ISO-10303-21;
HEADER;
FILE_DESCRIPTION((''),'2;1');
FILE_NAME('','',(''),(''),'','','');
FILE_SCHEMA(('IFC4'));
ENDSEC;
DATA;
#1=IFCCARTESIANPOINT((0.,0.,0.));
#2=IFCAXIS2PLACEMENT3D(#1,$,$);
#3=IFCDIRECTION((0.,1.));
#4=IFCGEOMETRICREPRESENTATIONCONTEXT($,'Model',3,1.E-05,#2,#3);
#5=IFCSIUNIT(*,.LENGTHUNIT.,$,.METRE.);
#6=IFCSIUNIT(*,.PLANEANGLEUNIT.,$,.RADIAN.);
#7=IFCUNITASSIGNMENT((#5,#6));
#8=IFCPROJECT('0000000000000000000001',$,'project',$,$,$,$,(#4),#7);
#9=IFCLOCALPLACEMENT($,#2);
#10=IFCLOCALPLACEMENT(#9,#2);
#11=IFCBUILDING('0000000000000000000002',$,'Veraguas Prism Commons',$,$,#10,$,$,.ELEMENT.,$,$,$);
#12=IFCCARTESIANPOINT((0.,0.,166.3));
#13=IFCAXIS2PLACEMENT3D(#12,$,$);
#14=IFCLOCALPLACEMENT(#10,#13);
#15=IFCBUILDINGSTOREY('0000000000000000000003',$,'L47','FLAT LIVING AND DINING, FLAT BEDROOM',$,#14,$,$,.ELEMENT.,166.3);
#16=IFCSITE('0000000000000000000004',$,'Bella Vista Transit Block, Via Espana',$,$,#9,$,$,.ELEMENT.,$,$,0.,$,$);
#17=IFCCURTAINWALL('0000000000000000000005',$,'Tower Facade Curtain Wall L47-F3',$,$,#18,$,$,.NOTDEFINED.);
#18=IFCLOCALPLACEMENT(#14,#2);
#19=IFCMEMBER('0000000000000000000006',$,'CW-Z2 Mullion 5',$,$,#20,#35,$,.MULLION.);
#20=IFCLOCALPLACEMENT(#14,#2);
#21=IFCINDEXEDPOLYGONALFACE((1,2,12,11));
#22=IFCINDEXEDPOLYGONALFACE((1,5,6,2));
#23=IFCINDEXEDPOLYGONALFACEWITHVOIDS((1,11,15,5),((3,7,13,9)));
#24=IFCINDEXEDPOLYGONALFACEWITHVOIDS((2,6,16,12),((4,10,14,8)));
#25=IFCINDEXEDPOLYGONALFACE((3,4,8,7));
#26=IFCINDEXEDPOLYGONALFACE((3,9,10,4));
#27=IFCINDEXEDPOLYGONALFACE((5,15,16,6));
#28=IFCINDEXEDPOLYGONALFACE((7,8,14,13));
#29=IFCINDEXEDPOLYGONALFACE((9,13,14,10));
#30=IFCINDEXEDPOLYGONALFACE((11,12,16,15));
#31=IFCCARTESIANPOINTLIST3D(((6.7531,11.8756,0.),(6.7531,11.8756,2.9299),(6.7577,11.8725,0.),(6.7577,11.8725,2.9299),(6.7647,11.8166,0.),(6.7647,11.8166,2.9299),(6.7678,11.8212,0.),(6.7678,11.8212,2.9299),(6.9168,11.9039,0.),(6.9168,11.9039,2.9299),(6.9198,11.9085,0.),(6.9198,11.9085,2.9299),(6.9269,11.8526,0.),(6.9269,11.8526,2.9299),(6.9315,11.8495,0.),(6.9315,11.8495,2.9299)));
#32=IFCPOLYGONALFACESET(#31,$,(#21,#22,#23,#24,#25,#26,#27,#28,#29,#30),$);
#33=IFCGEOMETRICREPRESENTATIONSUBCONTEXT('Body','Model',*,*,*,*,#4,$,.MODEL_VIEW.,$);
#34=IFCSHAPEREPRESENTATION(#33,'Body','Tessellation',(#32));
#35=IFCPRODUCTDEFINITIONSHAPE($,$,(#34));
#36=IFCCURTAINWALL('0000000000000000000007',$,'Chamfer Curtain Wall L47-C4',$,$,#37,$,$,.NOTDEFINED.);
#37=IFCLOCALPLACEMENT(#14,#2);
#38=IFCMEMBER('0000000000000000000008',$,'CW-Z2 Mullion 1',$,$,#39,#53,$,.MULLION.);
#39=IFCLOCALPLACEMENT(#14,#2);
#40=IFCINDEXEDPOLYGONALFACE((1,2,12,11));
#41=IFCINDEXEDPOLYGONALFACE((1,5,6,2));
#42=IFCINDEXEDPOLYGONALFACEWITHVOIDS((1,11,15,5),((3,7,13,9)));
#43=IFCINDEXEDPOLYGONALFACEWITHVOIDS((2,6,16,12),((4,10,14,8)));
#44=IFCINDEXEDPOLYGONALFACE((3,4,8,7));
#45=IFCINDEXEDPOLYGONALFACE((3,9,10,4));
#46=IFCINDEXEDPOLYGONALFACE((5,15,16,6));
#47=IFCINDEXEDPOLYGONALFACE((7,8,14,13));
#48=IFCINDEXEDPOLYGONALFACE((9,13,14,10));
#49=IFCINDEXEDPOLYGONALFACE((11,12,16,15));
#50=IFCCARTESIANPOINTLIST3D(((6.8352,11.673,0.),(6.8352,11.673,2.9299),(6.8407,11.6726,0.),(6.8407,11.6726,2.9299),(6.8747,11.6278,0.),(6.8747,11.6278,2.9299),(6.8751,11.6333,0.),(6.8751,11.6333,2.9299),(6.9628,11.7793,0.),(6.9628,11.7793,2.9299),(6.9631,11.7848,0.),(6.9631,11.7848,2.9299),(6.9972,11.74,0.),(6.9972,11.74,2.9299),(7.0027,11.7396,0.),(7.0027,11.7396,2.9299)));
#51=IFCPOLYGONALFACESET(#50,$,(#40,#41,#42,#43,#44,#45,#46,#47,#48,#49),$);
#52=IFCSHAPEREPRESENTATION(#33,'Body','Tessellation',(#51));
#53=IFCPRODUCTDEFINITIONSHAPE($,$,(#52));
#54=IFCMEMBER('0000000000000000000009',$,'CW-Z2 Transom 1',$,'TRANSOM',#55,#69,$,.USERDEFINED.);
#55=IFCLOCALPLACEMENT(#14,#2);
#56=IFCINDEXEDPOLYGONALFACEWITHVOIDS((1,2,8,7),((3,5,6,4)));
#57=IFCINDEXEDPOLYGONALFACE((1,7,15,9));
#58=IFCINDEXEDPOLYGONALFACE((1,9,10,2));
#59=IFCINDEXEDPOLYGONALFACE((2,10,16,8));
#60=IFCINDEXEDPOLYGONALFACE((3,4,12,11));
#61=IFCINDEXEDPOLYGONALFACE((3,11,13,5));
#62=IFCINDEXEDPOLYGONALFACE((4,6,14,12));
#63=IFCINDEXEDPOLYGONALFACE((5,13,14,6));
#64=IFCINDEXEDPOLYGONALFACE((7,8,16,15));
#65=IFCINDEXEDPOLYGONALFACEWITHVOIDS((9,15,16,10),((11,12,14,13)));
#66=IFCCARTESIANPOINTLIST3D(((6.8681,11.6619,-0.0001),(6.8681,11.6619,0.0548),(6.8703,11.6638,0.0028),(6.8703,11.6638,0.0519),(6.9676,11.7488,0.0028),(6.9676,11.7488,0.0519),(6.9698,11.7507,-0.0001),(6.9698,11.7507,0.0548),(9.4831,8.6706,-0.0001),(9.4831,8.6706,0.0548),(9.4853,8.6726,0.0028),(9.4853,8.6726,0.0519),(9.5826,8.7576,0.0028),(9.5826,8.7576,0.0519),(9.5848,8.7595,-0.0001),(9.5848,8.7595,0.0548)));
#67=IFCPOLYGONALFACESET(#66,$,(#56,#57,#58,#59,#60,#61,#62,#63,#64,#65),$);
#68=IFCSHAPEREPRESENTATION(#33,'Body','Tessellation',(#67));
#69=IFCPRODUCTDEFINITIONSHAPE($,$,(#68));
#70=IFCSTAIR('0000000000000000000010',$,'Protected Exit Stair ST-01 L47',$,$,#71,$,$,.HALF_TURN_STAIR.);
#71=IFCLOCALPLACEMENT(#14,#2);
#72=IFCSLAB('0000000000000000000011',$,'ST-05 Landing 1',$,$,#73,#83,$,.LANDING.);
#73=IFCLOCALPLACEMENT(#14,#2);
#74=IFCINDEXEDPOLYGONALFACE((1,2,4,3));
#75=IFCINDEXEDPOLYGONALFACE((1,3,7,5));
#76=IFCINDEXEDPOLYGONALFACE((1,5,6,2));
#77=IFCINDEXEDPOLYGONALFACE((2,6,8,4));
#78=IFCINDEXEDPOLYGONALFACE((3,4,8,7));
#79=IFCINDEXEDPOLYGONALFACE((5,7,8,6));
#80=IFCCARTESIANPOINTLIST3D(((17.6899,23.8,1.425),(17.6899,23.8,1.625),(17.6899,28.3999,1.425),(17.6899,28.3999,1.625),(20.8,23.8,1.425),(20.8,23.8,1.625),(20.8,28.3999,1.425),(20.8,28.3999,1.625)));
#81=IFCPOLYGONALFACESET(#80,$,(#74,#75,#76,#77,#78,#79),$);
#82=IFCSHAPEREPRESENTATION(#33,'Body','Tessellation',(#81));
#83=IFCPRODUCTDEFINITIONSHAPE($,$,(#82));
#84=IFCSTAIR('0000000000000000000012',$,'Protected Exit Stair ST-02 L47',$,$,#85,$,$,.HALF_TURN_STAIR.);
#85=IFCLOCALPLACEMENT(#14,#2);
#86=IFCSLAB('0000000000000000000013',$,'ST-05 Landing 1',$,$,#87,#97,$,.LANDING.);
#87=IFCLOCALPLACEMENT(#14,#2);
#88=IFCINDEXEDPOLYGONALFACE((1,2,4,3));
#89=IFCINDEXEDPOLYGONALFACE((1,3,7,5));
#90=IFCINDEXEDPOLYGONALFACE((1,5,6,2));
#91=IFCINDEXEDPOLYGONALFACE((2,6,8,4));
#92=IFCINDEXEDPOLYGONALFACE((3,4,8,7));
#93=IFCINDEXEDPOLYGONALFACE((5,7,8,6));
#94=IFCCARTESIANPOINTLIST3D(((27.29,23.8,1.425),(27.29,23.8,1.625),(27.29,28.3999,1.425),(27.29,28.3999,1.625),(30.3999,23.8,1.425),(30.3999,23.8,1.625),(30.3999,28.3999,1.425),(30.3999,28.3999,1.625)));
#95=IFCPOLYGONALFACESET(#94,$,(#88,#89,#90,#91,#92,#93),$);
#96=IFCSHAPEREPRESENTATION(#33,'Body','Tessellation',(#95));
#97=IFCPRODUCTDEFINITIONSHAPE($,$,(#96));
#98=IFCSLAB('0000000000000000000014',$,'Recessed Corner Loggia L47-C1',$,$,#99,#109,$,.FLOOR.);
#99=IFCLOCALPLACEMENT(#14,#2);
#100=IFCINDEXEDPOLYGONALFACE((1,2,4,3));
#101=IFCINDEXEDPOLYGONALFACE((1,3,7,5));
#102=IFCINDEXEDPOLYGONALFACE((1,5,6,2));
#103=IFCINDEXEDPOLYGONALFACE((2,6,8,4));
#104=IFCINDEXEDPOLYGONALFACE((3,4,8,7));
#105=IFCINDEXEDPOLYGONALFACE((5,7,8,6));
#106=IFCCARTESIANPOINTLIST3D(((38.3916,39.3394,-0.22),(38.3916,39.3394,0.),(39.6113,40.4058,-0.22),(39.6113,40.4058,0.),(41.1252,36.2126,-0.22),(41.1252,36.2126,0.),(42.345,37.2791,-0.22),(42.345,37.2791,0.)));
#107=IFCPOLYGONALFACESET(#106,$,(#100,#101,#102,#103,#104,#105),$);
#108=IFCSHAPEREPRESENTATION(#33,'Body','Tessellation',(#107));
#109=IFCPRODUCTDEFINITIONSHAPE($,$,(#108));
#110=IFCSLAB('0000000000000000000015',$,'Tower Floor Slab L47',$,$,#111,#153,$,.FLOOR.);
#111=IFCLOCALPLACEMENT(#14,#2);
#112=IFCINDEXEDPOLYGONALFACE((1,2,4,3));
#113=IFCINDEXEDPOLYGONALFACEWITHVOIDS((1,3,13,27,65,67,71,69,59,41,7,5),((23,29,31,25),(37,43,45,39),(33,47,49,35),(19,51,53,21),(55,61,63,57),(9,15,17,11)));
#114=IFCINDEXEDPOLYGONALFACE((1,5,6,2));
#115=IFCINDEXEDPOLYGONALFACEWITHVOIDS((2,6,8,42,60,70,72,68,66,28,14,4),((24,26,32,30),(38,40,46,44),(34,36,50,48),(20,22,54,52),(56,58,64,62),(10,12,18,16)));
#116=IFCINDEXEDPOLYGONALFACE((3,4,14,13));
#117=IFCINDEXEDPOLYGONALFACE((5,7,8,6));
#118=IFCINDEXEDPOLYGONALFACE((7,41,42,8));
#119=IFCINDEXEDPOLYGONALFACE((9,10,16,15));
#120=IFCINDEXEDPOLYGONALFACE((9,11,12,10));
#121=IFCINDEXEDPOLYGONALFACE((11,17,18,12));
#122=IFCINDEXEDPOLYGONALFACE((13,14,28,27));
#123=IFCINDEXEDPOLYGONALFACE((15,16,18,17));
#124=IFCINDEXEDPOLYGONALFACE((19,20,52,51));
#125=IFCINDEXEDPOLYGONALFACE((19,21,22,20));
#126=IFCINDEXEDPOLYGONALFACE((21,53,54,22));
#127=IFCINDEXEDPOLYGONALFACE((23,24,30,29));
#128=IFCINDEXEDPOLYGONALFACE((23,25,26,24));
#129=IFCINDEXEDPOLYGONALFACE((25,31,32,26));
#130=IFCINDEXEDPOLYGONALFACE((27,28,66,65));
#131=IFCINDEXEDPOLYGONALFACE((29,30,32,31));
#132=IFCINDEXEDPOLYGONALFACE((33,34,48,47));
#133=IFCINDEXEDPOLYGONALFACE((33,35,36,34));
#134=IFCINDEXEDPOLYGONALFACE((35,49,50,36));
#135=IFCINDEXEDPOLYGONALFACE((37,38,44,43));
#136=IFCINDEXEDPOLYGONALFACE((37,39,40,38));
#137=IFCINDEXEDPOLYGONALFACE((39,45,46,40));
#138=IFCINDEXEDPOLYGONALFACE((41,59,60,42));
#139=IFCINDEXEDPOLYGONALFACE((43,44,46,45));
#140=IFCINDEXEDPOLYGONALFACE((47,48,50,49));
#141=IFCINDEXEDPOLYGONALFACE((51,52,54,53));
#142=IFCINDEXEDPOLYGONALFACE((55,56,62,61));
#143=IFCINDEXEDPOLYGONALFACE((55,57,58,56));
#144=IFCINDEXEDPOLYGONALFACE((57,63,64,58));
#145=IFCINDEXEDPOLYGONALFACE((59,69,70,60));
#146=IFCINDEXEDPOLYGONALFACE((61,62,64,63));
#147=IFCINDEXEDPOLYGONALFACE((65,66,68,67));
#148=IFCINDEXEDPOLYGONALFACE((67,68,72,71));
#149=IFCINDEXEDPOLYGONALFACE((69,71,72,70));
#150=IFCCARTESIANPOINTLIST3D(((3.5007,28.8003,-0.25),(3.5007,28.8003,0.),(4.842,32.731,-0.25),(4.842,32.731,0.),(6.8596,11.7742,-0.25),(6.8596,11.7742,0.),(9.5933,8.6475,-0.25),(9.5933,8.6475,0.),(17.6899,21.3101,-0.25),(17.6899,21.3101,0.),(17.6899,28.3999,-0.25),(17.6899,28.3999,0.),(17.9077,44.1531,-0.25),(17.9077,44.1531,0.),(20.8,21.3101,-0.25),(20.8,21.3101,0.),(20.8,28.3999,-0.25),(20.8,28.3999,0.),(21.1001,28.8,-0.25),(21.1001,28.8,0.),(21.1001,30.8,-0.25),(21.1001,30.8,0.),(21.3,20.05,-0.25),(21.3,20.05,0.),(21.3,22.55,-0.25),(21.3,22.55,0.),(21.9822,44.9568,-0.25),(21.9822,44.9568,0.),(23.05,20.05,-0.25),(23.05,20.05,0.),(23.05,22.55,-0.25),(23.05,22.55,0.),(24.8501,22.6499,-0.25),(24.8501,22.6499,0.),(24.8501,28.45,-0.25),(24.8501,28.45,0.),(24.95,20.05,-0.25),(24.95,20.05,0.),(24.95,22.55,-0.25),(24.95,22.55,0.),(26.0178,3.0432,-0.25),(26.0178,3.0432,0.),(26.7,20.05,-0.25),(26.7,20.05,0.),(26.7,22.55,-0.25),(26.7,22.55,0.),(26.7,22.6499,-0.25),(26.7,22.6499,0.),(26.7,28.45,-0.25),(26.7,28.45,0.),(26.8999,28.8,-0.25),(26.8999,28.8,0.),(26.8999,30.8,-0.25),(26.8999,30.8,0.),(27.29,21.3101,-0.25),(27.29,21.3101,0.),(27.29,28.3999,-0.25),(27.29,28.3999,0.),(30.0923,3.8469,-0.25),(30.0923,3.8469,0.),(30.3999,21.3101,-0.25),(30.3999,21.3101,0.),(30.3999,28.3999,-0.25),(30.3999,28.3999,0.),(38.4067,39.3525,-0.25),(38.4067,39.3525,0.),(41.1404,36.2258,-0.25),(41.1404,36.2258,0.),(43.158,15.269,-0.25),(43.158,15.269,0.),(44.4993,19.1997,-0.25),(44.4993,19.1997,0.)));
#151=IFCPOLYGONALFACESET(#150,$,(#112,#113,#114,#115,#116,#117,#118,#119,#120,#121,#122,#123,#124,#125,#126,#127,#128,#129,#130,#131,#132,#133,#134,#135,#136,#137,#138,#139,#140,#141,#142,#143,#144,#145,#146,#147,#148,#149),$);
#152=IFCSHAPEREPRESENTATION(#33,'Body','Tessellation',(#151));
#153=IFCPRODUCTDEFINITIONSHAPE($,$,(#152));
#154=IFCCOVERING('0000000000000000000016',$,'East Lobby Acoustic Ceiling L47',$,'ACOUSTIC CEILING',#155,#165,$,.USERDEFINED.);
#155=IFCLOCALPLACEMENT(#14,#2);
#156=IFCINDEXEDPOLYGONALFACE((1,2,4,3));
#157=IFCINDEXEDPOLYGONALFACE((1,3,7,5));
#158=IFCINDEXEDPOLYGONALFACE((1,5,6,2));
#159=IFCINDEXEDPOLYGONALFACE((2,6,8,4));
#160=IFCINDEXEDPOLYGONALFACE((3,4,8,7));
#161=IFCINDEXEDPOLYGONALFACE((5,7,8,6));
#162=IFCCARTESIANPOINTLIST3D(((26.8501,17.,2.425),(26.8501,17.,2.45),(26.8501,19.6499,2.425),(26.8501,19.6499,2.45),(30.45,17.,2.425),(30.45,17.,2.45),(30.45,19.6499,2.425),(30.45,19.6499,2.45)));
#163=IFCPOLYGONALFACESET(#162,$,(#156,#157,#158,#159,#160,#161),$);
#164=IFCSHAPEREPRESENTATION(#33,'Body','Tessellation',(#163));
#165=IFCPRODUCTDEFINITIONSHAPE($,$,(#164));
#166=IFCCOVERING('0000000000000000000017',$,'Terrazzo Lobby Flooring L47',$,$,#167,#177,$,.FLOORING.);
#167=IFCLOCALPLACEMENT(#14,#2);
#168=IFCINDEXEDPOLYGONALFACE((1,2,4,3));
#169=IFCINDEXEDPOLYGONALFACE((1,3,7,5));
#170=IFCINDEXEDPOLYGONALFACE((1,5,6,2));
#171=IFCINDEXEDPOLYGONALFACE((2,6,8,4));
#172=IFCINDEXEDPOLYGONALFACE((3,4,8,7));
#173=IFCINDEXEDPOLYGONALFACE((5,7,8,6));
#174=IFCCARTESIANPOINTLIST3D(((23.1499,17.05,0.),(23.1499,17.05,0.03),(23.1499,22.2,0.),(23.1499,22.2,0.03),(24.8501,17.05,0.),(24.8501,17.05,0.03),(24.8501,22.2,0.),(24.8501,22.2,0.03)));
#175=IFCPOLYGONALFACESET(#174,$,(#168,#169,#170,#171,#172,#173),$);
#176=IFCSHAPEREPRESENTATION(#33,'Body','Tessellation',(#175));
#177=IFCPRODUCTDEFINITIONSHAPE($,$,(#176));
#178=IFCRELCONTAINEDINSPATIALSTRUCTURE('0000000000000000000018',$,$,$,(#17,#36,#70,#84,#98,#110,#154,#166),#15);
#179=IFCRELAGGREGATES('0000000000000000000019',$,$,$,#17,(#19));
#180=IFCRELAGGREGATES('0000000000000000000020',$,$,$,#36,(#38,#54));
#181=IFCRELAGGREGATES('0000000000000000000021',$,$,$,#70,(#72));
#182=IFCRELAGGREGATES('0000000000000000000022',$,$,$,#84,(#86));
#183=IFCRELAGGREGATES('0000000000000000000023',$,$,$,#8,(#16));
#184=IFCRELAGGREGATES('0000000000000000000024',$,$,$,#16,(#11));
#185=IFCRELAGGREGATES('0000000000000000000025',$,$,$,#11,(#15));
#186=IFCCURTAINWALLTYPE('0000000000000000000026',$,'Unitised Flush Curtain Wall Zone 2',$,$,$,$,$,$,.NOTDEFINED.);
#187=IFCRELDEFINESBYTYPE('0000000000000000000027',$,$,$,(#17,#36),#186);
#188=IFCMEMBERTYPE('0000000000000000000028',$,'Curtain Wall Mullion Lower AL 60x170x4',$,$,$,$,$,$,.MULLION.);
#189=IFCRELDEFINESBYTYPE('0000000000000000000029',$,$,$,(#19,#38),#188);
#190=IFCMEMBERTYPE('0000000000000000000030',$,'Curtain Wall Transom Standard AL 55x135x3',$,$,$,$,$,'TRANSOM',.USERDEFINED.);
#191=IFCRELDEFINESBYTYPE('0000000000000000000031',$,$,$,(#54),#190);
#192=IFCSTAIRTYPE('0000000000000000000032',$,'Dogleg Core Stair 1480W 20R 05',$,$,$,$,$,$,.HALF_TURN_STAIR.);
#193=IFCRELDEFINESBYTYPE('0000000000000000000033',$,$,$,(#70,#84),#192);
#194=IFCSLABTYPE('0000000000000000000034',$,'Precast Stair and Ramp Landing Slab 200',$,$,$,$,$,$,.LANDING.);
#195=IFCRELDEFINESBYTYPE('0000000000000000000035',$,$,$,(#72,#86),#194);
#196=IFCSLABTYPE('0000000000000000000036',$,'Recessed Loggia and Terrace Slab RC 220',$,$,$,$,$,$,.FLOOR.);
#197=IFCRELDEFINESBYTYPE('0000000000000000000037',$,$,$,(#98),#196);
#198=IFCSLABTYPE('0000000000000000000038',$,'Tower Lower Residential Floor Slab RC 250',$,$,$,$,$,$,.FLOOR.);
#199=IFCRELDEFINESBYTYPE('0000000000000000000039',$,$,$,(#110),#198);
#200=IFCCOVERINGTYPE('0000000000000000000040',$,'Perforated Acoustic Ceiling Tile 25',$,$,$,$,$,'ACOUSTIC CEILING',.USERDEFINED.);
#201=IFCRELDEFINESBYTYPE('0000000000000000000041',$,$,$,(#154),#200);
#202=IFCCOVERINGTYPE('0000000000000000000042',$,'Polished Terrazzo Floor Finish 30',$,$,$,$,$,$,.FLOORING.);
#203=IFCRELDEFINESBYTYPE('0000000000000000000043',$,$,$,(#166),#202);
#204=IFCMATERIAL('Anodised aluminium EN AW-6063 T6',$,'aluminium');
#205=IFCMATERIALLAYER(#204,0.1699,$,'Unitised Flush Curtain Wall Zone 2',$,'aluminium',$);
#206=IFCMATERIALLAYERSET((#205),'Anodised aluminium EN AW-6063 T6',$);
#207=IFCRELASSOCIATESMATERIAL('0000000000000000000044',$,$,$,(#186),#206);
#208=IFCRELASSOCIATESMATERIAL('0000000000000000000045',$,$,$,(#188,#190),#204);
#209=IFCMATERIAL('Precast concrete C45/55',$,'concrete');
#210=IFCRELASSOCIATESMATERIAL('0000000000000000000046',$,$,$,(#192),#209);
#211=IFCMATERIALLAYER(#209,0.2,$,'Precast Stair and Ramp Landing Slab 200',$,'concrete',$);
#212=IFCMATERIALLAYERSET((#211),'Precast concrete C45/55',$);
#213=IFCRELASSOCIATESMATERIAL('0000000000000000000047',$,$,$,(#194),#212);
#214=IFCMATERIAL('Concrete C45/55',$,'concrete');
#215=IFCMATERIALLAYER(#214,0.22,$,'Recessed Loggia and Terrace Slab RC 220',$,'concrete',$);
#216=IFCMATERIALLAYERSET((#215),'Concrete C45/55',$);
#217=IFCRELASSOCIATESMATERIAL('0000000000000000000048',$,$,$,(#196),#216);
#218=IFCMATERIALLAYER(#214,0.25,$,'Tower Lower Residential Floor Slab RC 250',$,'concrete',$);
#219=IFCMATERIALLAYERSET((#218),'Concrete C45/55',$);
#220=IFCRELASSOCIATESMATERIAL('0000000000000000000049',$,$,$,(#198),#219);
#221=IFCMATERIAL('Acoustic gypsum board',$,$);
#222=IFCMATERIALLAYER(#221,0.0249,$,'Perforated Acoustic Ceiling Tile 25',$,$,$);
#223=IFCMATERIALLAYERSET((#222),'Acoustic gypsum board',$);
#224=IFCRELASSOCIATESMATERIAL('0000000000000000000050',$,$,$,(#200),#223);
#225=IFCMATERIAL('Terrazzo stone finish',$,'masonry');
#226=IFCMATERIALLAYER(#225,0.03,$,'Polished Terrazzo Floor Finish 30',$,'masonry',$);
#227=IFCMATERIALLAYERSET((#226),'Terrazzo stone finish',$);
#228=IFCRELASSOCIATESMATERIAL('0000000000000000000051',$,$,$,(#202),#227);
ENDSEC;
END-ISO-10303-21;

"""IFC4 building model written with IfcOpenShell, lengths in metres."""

from ifc_helpers import new_model, si_unit, direction, frame, origin, origin_2d, place, context, subcontext, project, spatial, polyline, hollow_rectangle, outline, extrude, source, transform, mapped, material, layer, layer_set, material_profile, profile_set, type_object, element, aggregate, save


model = new_model("IFC4")

# Units and contexts
model_context = context("Model", 3, precision=1e-05, world=origin(), true_north=direction((0.0, 1.0)))
body_context = subcontext(model_context, "Body", "Model", "MODEL_VIEW")
ifc_project = project(units=[si_unit("LENGTHUNIT", "METRE"), si_unit("PLANEANGLEUNIT", "RADIAN")], contexts=[model_context])

# Site, building, storey
site_placement = place(None, origin())
site = spatial("IfcSite", under=ifc_project, at=site_placement, Name="Bella Vista Transit Block, Via Espana", CompositionType="ELEMENT", RefElevation=0.0)
building_placement = place(site_placement, origin())
building = spatial("IfcBuilding", under=site, at=building_placement, Name="Veraguas Prism Commons", CompositionType="ELEMENT")
storey_placement = place(building_placement, frame((0.0, 0.0, 166.3)))
storey = spatial("IfcBuildingStorey", under=building, at=storey_placement, Name="L47", Description="FLAT LIVING AND DINING, FLAT BEDROOM", CompositionType="ELEMENT", Elevation=166.3)

# Curtain wall, member
ifc_material_1 = material(Name="Anodised aluminium EN AW-6063 T6", Category="aluminium")
ifc_layer_1 = layer(ifc_material_1, 0.1699, Name="Unitised Flush Curtain Wall Zone 2", Category="aluminium")
ifc_layer_set_1 = layer_set([ifc_layer_1], Name="Anodised aluminium EN AW-6063 T6")
curtain_wall_type = type_object("IfcCurtainWallType", Name="Unitised Flush Curtain Wall Zone 2", PredefinedType="NOTDEFINED", material=ifc_layer_set_1)
curtain_wall_1_placement = place(storey_placement, origin())
curtain_wall_1 = element("IfcCurtainWall", 1, at=curtain_wall_1_placement, inside=storey, type_object=curtain_wall_type, Name="Tower Facade Curtain Wall L47-F3", PredefinedType="NOTDEFINED")
ifc_material_profile_1 = material_profile(ifc_material_1, hollow_rectangle(XDim=0.0601, YDim=0.1699, WallThickness=0.0039, at=origin_2d()), Name="AL60X170X4")
ifc_profile_set_1 = profile_set([ifc_material_profile_1], Name="Anodised aluminium EN AW-6063 T6")
member_type_1 = type_object("IfcMemberType", Name="Curtain Wall Mullion Lower AL 60x170x4", PredefinedType="MULLION", material=ifc_profile_set_1)
shared_shape_1 = source(origin(), body_context, "Body", "SweptSolid", [
    extrude(hollow_rectangle(XDim=0.0601, YDim=0.1699, WallThickness=0.0039, at=origin_2d()), origin(), (0.0, 0.0, 1.0), 2.9299),
])
member_1_placement = place(storey_placement, frame((6.8423, 11.8625, 0.0), z_axis=(0.0, 0.0, 1.0), x_axis=(0.193549, -0.981091, 0.0)))
member_1 = element("IfcMember", 2, at=member_1_placement, type_object=member_type_1, Name="CW-Z2 Mullion 5", PredefinedType="MULLION", context=body_context, shape_type="MappedRepresentation", body=[
    mapped(shared_shape_1, transform((0.0, 0.0, 0.0), scale=1.0)),
])
aggregate(curtain_wall_1, [member_1])

# Curtain wall, members
curtain_wall_2_placement = place(storey_placement, origin())
curtain_wall_2 = element("IfcCurtainWall", 3, at=curtain_wall_2_placement, inside=storey, type_object=curtain_wall_type, Name="Chamfer Curtain Wall L47-C4", PredefinedType="NOTDEFINED")
member_2_placement = place(storey_placement, frame((6.9189, 11.7063, 0.0), z_axis=(0.0, 0.0, 1.0), x_axis=(0.658186, -0.752855, 0.0)))
member_2 = element("IfcMember", 4, at=member_2_placement, type_object=member_type_1, Name="CW-Z2 Mullion 1", PredefinedType="MULLION", context=body_context, shape_type="MappedRepresentation", body=[
    mapped(shared_shape_1, transform((0.0, 0.0, 0.0), scale=1.0)),
])
ifc_material_profile_2 = material_profile(ifc_material_1, hollow_rectangle(XDim=0.0549, YDim=0.135, WallThickness=0.0029, at=origin_2d()), Name="AL55X135X3")
ifc_profile_set_2 = profile_set([ifc_material_profile_2], Name="Anodised aluminium EN AW-6063 T6")
member_type_2 = type_object("IfcMemberType", Name="Curtain Wall Transom Standard AL 55x135x3", ElementType="TRANSOM", PredefinedType="USERDEFINED", material=ifc_profile_set_2)
shared_shape_2 = source(origin(), body_context, "Body", "SweptSolid", [
    extrude(hollow_rectangle(XDim=0.0549, YDim=0.135, WallThickness=0.0029, at=origin_2d()), origin(), (0.0, 0.0, 1.0), 3.9731),
])
member_3_placement = place(storey_placement, frame((6.9189, 11.7063, 0.0273), z_axis=(0.658174, -0.752866, 0.0), x_axis=(0.0, 0.0, 1.0)))
member_3 = element("IfcMember", 5, at=member_3_placement, type_object=member_type_2, Name="CW-Z2 Transom 1", ObjectType="TRANSOM", PredefinedType="USERDEFINED", context=body_context, shape_type="MappedRepresentation", body=[
    mapped(shared_shape_2, transform((0.0, 0.0, 0.0), scale=1.0)),
])
aggregate(curtain_wall_2, [member_2, member_3])

# Stairs, slabs
ifc_material_2 = material(Name="Precast concrete C45/55", Category="concrete")
stair_type = type_object("IfcStairType", Name="Dogleg Core Stair 1480W 20R 05", PredefinedType="HALF_TURN_STAIR", material=ifc_material_2)
stair_1_placement = place(storey_placement, origin())
stair_1 = element("IfcStair", 6, at=stair_1_placement, inside=storey, type_object=stair_type, Name="Protected Exit Stair ST-01 L47", PredefinedType="HALF_TURN_STAIR")
ifc_layer_2 = layer(ifc_material_2, 0.2, Name="Precast Stair and Ramp Landing Slab 200", Category="concrete")
ifc_layer_set_2 = layer_set([ifc_layer_2], Name="Precast concrete C45/55")
slab_type_1 = type_object("IfcSlabType", Name="Precast Stair and Ramp Landing Slab 200", PredefinedType="LANDING", material=ifc_layer_set_2)
slab_1_placement = place(storey_placement, frame((0.0, 0.0, 1.425)))
slab_1 = element("IfcSlab", 7, at=slab_1_placement, type_object=slab_type_1, Name="ST-05 Landing 1", PredefinedType="LANDING", context=body_context, shape_type="SweptSolid", body=[
    extrude(outline(polyline([(20.8, 23.8), (20.8, 28.3999), (17.6899, 28.3999), (17.6899, 23.8), (20.8, 23.8)])), origin(), (0.0, 0.0, 1.0), 0.2),
])
aggregate(stair_1, [slab_1])
stair_2_placement = place(storey_placement, origin())
stair_2 = element("IfcStair", 8, at=stair_2_placement, inside=storey, type_object=stair_type, Name="Protected Exit Stair ST-02 L47", PredefinedType="HALF_TURN_STAIR")
slab_2_placement = place(storey_placement, frame((0.0, 0.0, 1.425)))
slab_2 = element("IfcSlab", 9, at=slab_2_placement, type_object=slab_type_1, Name="ST-05 Landing 1", PredefinedType="LANDING", context=body_context, shape_type="SweptSolid", body=[
    extrude(outline(polyline([(30.3999, 23.8), (30.3999, 28.3999), (27.29, 28.3999), (27.29, 23.8), (30.3999, 23.8)])), origin(), (0.0, 0.0, 1.0), 0.2),
])
aggregate(stair_2, [slab_2])

# Slabs
ifc_material_3 = material(Name="Concrete C45/55", Category="concrete")
ifc_layer_3 = layer(ifc_material_3, 0.22, Name="Recessed Loggia and Terrace Slab RC 220", Category="concrete")
ifc_layer_set_3 = layer_set([ifc_layer_3], Name="Concrete C45/55")
slab_type_2 = type_object("IfcSlabType", Name="Recessed Loggia and Terrace Slab RC 220", PredefinedType="FLOOR", material=ifc_layer_set_3)
slab_3_placement = place(storey_placement, frame((0.0, 0.0, -0.22)))
element("IfcSlab", 10, at=slab_3_placement, inside=storey, type_object=slab_type_2, Name="Recessed Corner Loggia L47-C1", PredefinedType="FLOOR", context=body_context, shape_type="SweptSolid", body=[
    extrude(outline(polyline([(41.1252, 36.2126), (42.345, 37.2791), (39.6113, 40.4058), (38.3916, 39.3394), (41.1252, 36.2126)])), origin(), (0.0, 0.0, 1.0), 0.22),
])
ifc_layer_4 = layer(ifc_material_3, 0.25, Name="Tower Lower Residential Floor Slab RC 250", Category="concrete")
ifc_layer_set_4 = layer_set([ifc_layer_4], Name="Concrete C45/55")
slab_type_3 = type_object("IfcSlabType", Name="Tower Lower Residential Floor Slab RC 250", PredefinedType="FLOOR", material=ifc_layer_set_4)
slab_4_placement = place(storey_placement, frame((0.0, 0.0, -0.25)))
element("IfcSlab", 11, at=slab_4_placement, inside=storey, type_object=slab_type_3, Name="Tower Floor Slab L47", PredefinedType="FLOOR", context=body_context, shape_type="SweptSolid", body=[
    extrude(outline(polyline([(41.1404, 36.2258), (38.4067, 39.3525), (21.9822, 44.9568), (17.9077, 44.1531), (4.842, 32.731), (3.5007, 28.8003), (6.8596, 11.7742), (9.5933, 8.6475), (26.0178, 3.0432), (30.0923, 3.8469), (43.158, 15.269), (44.4993, 19.1997), (41.1404, 36.2258)]), holes=[polyline([(20.8, 21.3101), (20.8, 28.3999), (17.6899, 28.3999), (17.6899, 21.3101), (20.8, 21.3101)]), polyline([(30.3999, 21.3101), (30.3999, 28.3999), (27.29, 28.3999), (27.29, 21.3101), (30.3999, 21.3101)]), polyline([(24.8501, 22.6499), (26.7, 22.6499), (26.7, 28.45), (24.8501, 28.45), (24.8501, 22.6499)]), polyline([(21.1001, 28.8), (26.8999, 28.8), (26.8999, 30.8), (21.1001, 30.8), (21.1001, 28.8)]), polyline([(21.3, 20.05), (23.05, 20.05), (23.05, 22.55), (21.3, 22.55), (21.3, 20.05)]), polyline([(24.95, 20.05), (26.7, 20.05), (26.7, 22.55), (24.95, 22.55), (24.95, 20.05)])]), origin(), (0.0, 0.0, 1.0), 0.25),
])

# Coverings
ifc_material_4 = material(Name="Acoustic gypsum board")
ifc_layer_5 = layer(ifc_material_4, 0.0249, Name="Perforated Acoustic Ceiling Tile 25")
ifc_layer_set_5 = layer_set([ifc_layer_5], Name="Acoustic gypsum board")
covering_type_1 = type_object("IfcCoveringType", Name="Perforated Acoustic Ceiling Tile 25", ElementType="ACOUSTIC CEILING", PredefinedType="USERDEFINED", material=ifc_layer_set_5)
covering_1_placement = place(storey_placement, frame((0.0, 0.0, 2.425)))
element("IfcCovering", 12, at=covering_1_placement, inside=storey, type_object=covering_type_1, Name="East Lobby Acoustic Ceiling L47", ObjectType="ACOUSTIC CEILING", PredefinedType="USERDEFINED", context=body_context, shape_type="SweptSolid", body=[
    extrude(outline(polyline([(26.8501, 17.0), (30.45, 17.0), (30.45, 19.6499), (26.8501, 19.6499), (26.8501, 17.0)])), origin(), (0.0, 0.0, 1.0), 0.0249),
])
ifc_material_5 = material(Name="Terrazzo stone finish", Category="masonry")
ifc_layer_6 = layer(ifc_material_5, 0.03, Name="Polished Terrazzo Floor Finish 30", Category="masonry")
ifc_layer_set_6 = layer_set([ifc_layer_6], Name="Terrazzo stone finish")
covering_type_2 = type_object("IfcCoveringType", Name="Polished Terrazzo Floor Finish 30", PredefinedType="FLOORING", material=ifc_layer_set_6)
covering_2_placement = place(storey_placement, origin())
element("IfcCovering", 13, at=covering_2_placement, inside=storey, type_object=covering_type_2, Name="Terrazzo Lobby Flooring L47", PredefinedType="FLOORING", context=body_context, shape_type="SweptSolid", body=[
    extrude(outline(polyline([(23.1499, 17.05), (24.8501, 17.05), (24.8501, 22.2), (23.1499, 22.2), (23.1499, 17.05)])), origin(), (0.0, 0.0, 1.0), 0.03),
])

save(model, "model.ifc")
